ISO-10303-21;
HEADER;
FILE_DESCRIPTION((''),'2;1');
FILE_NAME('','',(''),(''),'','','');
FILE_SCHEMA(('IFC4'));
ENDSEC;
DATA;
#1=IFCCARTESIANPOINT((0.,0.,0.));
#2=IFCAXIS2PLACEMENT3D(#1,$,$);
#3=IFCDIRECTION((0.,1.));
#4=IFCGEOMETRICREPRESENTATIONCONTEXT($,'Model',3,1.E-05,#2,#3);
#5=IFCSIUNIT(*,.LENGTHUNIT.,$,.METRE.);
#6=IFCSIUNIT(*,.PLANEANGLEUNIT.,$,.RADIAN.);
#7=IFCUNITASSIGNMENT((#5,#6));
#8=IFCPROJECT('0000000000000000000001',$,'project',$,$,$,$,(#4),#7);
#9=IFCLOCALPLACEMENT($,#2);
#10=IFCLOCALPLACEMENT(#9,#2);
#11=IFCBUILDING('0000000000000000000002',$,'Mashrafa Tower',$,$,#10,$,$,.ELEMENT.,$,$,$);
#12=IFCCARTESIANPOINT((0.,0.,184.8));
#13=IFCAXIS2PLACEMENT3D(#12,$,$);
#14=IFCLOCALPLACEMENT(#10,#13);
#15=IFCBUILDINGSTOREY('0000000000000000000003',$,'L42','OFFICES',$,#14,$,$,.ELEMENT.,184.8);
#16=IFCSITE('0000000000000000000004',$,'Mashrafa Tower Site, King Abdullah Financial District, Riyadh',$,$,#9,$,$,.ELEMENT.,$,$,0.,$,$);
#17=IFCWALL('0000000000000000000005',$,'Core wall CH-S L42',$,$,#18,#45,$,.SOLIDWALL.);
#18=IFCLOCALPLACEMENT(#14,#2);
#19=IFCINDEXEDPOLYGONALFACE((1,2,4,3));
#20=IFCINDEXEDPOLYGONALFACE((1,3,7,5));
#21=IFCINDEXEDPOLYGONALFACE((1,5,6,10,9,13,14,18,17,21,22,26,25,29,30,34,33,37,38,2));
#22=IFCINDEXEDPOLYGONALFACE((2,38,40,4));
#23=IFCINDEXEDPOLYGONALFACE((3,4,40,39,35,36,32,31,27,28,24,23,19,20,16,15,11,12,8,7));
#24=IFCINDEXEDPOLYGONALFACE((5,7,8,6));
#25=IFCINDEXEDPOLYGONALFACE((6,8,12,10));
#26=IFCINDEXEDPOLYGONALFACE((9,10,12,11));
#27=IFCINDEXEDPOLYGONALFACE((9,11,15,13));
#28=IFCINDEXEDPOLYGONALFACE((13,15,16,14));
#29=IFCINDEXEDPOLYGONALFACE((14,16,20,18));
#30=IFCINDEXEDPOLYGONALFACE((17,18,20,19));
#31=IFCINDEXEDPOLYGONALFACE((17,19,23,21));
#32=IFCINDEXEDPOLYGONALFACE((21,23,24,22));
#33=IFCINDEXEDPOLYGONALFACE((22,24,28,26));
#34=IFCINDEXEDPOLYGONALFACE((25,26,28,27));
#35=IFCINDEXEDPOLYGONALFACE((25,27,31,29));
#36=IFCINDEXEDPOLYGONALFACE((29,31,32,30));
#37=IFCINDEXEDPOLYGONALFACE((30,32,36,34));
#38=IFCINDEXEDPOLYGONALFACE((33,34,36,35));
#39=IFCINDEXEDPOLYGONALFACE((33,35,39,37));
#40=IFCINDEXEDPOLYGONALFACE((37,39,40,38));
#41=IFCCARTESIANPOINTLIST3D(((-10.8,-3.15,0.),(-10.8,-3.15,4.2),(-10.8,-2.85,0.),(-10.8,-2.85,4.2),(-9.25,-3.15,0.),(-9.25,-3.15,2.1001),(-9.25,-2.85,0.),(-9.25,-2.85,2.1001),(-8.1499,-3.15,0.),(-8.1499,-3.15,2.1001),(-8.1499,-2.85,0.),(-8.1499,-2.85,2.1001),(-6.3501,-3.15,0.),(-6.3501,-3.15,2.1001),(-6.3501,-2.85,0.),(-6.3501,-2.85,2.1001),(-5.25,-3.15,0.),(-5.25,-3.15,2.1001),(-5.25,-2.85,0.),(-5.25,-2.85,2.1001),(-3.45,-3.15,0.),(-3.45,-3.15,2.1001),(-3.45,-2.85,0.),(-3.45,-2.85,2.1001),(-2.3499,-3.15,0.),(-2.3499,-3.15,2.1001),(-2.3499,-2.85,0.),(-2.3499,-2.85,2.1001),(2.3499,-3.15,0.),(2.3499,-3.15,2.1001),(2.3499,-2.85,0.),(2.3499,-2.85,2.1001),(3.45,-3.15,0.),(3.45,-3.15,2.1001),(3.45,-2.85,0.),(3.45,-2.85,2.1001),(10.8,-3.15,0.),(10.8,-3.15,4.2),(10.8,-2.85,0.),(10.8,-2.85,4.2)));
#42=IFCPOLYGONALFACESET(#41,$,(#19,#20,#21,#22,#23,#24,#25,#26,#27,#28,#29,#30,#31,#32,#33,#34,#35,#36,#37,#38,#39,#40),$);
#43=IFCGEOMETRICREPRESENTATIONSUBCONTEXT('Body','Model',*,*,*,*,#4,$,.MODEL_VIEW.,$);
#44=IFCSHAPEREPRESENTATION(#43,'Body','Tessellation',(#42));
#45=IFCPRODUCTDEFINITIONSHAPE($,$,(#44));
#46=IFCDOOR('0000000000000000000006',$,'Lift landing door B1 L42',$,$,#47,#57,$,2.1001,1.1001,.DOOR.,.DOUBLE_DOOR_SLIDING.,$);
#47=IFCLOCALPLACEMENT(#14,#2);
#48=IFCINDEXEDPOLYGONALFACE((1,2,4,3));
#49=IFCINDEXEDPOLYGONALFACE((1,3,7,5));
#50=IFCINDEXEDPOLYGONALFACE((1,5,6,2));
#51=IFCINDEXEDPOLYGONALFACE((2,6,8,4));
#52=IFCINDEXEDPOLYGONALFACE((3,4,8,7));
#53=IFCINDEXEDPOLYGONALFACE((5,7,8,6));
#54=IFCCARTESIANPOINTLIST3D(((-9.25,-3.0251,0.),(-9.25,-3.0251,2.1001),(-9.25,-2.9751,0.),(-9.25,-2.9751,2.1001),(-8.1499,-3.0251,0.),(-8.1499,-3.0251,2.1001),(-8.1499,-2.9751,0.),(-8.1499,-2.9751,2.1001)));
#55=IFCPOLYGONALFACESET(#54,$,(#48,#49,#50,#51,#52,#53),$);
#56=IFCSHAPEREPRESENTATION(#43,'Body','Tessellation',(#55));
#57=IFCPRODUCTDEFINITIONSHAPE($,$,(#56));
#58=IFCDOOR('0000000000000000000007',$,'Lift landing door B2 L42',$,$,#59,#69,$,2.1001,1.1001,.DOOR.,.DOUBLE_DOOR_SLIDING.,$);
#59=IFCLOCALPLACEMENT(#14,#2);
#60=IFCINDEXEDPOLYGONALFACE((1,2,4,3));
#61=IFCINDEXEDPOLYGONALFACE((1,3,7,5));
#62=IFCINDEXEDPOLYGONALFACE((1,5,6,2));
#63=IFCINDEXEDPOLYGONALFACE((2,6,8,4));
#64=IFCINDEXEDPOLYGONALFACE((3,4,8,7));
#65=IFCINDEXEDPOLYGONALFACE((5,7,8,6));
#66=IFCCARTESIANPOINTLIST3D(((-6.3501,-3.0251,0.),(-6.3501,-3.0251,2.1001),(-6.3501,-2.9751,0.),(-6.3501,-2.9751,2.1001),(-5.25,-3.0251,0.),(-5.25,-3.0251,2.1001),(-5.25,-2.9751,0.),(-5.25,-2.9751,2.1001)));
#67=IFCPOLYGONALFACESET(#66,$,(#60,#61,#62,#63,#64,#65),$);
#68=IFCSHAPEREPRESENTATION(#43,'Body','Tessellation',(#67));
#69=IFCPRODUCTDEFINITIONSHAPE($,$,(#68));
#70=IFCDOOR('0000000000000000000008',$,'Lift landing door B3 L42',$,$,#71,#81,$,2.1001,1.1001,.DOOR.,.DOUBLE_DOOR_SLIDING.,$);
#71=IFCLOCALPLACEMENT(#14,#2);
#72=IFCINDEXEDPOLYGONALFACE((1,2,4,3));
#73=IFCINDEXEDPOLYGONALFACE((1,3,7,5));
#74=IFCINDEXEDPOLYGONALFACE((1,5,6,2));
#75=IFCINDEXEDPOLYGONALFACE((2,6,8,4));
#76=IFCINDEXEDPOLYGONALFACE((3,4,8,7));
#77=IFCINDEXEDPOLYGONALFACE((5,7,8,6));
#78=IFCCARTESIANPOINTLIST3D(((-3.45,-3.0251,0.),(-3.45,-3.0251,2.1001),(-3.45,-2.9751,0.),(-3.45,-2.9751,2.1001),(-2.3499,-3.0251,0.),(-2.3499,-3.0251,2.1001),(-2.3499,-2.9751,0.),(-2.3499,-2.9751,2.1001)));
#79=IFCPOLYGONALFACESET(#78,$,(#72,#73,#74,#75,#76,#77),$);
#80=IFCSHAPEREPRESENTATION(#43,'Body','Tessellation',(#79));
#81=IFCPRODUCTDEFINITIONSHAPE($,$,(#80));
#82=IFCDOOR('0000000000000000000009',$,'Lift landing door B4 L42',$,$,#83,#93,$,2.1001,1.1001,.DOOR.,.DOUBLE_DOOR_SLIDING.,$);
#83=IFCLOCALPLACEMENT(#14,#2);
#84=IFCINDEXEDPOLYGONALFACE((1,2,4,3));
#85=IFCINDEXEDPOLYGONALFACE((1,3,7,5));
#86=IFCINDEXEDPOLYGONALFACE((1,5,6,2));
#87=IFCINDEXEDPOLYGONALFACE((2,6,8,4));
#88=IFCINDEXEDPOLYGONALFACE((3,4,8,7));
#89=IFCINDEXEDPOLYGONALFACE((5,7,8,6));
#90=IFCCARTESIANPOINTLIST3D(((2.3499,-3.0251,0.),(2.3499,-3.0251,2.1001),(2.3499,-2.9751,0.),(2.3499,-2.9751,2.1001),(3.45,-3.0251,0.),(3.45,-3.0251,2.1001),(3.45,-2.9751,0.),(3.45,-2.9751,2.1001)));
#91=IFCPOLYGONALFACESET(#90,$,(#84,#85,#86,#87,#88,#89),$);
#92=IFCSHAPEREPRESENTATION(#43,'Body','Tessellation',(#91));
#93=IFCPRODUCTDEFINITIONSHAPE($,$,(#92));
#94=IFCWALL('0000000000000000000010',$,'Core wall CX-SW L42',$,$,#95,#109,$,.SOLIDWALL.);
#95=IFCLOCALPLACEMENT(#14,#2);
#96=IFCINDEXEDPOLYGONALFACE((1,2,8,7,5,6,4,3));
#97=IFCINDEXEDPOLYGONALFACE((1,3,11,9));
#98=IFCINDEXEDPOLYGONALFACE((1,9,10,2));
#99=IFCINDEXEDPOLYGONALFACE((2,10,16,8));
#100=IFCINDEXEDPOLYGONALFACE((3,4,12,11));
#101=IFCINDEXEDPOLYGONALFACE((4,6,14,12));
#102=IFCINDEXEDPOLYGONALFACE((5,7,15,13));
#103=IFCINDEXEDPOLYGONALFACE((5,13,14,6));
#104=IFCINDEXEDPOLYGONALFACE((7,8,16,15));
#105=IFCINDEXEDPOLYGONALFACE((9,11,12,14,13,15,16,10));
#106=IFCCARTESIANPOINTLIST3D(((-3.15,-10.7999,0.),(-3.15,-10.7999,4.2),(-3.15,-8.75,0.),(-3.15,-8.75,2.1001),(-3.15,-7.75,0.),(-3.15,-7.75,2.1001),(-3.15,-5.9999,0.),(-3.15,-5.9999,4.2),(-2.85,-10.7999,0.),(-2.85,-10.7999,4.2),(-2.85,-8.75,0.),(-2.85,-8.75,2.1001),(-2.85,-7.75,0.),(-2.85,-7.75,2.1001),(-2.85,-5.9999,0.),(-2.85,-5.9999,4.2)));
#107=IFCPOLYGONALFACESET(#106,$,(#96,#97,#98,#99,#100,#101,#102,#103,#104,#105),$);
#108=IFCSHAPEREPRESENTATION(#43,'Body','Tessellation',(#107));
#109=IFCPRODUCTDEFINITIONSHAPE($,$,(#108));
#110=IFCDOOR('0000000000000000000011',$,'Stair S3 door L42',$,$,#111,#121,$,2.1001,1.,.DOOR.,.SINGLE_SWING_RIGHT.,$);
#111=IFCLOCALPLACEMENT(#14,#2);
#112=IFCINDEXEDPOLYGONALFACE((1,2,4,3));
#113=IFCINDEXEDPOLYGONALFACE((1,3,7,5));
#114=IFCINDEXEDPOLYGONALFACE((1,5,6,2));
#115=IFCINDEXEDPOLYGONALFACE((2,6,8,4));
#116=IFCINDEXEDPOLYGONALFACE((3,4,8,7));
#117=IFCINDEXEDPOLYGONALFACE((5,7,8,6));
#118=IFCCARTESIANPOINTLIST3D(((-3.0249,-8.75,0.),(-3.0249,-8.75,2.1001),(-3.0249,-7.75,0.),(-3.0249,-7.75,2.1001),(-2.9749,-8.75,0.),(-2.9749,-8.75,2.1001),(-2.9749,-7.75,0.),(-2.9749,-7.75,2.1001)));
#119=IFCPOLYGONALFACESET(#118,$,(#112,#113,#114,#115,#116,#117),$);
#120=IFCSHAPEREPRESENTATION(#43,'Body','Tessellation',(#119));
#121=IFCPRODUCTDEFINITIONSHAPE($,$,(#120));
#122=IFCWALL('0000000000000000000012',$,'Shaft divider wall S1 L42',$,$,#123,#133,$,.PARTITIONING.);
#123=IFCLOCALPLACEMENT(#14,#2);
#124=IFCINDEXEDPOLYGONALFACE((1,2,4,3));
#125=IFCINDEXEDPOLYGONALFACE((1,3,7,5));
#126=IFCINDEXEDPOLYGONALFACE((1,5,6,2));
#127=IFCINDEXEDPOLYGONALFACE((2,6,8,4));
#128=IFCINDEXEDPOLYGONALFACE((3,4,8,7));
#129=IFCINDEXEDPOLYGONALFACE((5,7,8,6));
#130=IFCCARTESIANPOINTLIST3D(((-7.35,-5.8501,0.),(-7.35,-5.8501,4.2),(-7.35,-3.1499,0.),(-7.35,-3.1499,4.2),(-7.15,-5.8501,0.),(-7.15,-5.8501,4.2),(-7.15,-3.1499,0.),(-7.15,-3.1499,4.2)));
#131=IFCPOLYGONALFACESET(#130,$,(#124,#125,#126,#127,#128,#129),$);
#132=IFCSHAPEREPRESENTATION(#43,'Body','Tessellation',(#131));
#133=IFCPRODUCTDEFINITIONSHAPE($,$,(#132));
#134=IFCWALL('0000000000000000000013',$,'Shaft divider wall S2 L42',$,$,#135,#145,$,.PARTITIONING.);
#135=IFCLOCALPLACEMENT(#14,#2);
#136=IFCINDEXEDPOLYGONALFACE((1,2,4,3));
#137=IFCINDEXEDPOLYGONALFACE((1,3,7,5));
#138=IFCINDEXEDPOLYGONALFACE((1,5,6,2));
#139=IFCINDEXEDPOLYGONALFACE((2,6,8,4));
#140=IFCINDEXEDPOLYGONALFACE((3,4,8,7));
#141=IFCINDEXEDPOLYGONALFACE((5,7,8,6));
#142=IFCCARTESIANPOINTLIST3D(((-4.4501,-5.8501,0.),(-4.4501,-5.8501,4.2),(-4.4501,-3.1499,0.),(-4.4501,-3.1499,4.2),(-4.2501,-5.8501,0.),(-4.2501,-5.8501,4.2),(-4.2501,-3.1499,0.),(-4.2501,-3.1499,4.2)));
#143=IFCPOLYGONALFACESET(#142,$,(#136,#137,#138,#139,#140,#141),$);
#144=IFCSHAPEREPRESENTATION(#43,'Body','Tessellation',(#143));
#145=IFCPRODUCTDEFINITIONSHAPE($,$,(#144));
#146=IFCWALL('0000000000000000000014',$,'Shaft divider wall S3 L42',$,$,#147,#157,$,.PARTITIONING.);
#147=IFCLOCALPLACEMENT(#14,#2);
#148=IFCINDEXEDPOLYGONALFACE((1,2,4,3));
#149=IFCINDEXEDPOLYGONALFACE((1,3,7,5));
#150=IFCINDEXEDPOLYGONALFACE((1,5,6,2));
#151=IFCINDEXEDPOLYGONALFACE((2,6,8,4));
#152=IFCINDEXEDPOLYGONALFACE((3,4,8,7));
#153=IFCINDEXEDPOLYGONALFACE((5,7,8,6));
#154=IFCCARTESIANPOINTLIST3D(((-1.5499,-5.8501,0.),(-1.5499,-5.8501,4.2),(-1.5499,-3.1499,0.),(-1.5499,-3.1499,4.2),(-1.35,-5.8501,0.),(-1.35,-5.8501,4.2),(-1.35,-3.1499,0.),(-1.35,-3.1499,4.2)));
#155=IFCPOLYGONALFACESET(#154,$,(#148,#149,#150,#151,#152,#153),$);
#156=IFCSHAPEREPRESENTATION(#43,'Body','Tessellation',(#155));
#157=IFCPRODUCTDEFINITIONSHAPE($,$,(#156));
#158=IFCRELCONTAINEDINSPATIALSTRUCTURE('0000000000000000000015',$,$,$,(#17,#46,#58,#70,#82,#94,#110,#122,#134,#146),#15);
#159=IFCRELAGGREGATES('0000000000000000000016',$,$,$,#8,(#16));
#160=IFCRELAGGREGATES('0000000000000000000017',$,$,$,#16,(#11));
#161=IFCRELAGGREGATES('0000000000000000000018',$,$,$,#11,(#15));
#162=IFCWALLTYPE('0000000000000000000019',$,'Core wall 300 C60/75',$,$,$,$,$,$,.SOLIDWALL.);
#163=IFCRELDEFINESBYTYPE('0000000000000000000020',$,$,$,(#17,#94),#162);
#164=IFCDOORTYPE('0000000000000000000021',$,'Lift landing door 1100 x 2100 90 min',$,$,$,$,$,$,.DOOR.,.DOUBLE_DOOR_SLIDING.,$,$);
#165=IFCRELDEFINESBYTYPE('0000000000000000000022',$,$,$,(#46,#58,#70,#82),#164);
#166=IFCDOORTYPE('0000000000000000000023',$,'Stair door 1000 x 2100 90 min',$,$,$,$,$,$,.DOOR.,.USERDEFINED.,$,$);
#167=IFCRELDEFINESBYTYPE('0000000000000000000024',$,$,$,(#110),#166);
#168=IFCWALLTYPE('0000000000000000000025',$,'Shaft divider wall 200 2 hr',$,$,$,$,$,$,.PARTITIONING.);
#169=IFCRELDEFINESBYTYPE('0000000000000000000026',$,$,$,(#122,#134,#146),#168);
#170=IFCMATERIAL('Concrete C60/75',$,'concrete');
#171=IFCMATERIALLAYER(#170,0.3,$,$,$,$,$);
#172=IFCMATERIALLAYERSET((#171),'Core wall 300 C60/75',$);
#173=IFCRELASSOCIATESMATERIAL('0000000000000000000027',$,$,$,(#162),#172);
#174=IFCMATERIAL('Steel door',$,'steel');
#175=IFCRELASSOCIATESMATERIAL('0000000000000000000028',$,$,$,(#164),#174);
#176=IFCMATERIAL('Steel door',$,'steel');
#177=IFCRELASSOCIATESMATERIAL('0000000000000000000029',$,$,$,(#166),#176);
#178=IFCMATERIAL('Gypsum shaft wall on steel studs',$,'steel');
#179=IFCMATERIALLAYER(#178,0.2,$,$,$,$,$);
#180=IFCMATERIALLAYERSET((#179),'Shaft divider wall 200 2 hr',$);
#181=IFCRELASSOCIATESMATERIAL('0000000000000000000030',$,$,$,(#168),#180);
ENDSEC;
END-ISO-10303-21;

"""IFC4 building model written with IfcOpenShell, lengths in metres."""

from ifc_helpers import new_model, si_unit, direction, frame, frame_2d, origin, place, context, subcontext, project, spatial, rectangle, extrude, material, layer, layer_set, type_object, element, fill, save


model = new_model("IFC4")

# Units and contexts
model_context = context("Model", 3, precision=1e-05, world=origin(), true_north=direction((0.0, 1.0)))
body_context = subcontext(model_context, "Body", "Model", "MODEL_VIEW")
ifc_project = project(units=[si_unit("LENGTHUNIT", "METRE"), si_unit("PLANEANGLEUNIT", "RADIAN")], contexts=[model_context])

# Site, building, storey
site_placement = place(None, origin())
site = spatial("IfcSite", under=ifc_project, at=site_placement, Name="Mashrafa Tower Site, King Abdullah Financial District, Riyadh", CompositionType="ELEMENT", RefElevation=0.0)
building_placement = place(site_placement, origin())
building = spatial("IfcBuilding", under=site, at=building_placement, Name="Mashrafa Tower", CompositionType="ELEMENT")
storey_placement = place(building_placement, frame((0.0, 0.0, 184.8)))
storey = spatial("IfcBuildingStorey", under=building, at=storey_placement, Name="L42", Description="OFFICES", CompositionType="ELEMENT", Elevation=184.8)

# Wall, openings, doors
ifc_material_1 = material(Name="Concrete C60/75", Category="concrete")
ifc_layer_1 = layer(ifc_material_1, 0.3)
ifc_layer_set_1 = layer_set([ifc_layer_1], Name="Core wall 300 C60/75")
wall_type_1 = type_object("IfcWallType", Name="Core wall 300 C60/75", PredefinedType="SOLIDWALL", material=ifc_layer_set_1)
wall_1_placement = place(storey_placement, frame((-10.8, -3.0, 0.0), z_axis=(0.0, 0.0, 1.0), x_axis=(1.0, 0.0, 0.0)))
wall_1 = element("IfcWall", 1, at=wall_1_placement, inside=storey, type_object=wall_type_1, Name="Core wall CH-S L42", PredefinedType="SOLIDWALL", context=body_context, shape_type="SweptSolid", body=[
    extrude(rectangle(XDim=21.6001, YDim=0.3, at=frame_2d((10.8, 0.0))), origin(), (0.0, 0.0, 1.0), 4.2),
])
opening_1_placement = place(wall_1_placement, frame((1.55, 0.0, 0.0)))
opening_1 = element("IfcOpeningElement", 2, at=opening_1_placement, cuts=wall_1, PredefinedType="OPENING", context=body_context, shape_type="SweptSolid", body=[
    extrude(rectangle(XDim=1.1001, YDim=2.1001, at=frame_2d((0.55, 1.05))), frame((0.0, 0.1599, 0.0), z_axis=(0.0, -1.0, 0.0), x_axis=(1.0, 0.0, 0.0)), (0.0, 0.0, 1.0), 0.3201),
])
opening_2_placement = place(wall_1_placement, frame((4.45, 0.0, 0.0)))
opening_2 = element("IfcOpeningElement", 3, at=opening_2_placement, cuts=wall_1, PredefinedType="OPENING", context=body_context, shape_type="SweptSolid", body=[
    extrude(rectangle(XDim=1.1001, YDim=2.1001, at=frame_2d((0.55, 1.05))), frame((0.0, 0.1599, 0.0), z_axis=(0.0, -1.0, 0.0), x_axis=(1.0, 0.0, 0.0)), (0.0, 0.0, 1.0), 0.3201),
])
opening_3_placement = place(wall_1_placement, frame((7.3501, 0.0, 0.0)))
opening_3 = element("IfcOpeningElement", 4, at=opening_3_placement, cuts=wall_1, PredefinedType="OPENING", context=body_context, shape_type="SweptSolid", body=[
    extrude(rectangle(XDim=1.1001, YDim=2.1001, at=frame_2d((0.55, 1.05))), frame((0.0, 0.1599, 0.0), z_axis=(0.0, -1.0, 0.0), x_axis=(1.0, 0.0, 0.0)), (0.0, 0.0, 1.0), 0.3201),
])
opening_4_placement = place(wall_1_placement, frame((13.1499, 0.0, 0.0)))
opening_4 = element("IfcOpeningElement", 5, at=opening_4_placement, cuts=wall_1, PredefinedType="OPENING", context=body_context, shape_type="SweptSolid", body=[
    extrude(rectangle(XDim=1.1001, YDim=2.1001, at=frame_2d((0.55, 1.05))), frame((0.0, 0.1599, 0.0), z_axis=(0.0, -1.0, 0.0), x_axis=(1.0, 0.0, 0.0)), (0.0, 0.0, 1.0), 0.3201),
])
ifc_material_2 = material(Name="Steel door", Category="steel")
door_type_1 = type_object("IfcDoorType", Name="Lift landing door 1100 x 2100 90 min", OperationType="DOUBLE_DOOR_SLIDING", PredefinedType="DOOR", material=ifc_material_2)
door_1_placement = place(opening_1_placement, origin())
door_1 = element("IfcDoor", 6, at=door_1_placement, inside=storey, type_object=door_type_1, Name="Lift landing door B1 L42", OperationType="DOUBLE_DOOR_SLIDING", OverallHeight=2.1001, OverallWidth=1.1001, PredefinedType="DOOR", context=body_context, shape_type="SweptSolid", body=[
    extrude(rectangle(XDim=1.1001, YDim=2.1001, at=frame_2d((0.55, 1.05))), frame((0.0, 0.0249, 0.0), z_axis=(0.0, -1.0, 0.0), x_axis=(1.0, 0.0, 0.0)), (0.0, 0.0, 1.0), 0.05),
])
fill(opening_1, door_1)
door_2_placement = place(opening_2_placement, origin())
door_2 = element("IfcDoor", 7, at=door_2_placement, inside=storey, type_object=door_type_1, Name="Lift landing door B2 L42", OperationType="DOUBLE_DOOR_SLIDING", OverallHeight=2.1001, OverallWidth=1.1001, PredefinedType="DOOR", context=body_context, shape_type="SweptSolid", body=[
    extrude(rectangle(XDim=1.1001, YDim=2.1001, at=frame_2d((0.55, 1.05))), frame((0.0, 0.0249, 0.0), z_axis=(0.0, -1.0, 0.0), x_axis=(1.0, 0.0, 0.0)), (0.0, 0.0, 1.0), 0.05),
])
fill(opening_2, door_2)
door_3_placement = place(opening_3_placement, origin())
door_3 = element("IfcDoor", 8, at=door_3_placement, inside=storey, type_object=door_type_1, Name="Lift landing door B3 L42", OperationType="DOUBLE_DOOR_SLIDING", OverallHeight=2.1001, OverallWidth=1.1001, PredefinedType="DOOR", context=body_context, shape_type="SweptSolid", body=[
    extrude(rectangle(XDim=1.1001, YDim=2.1001, at=frame_2d((0.55, 1.05))), frame((0.0, 0.0249, 0.0), z_axis=(0.0, -1.0, 0.0), x_axis=(1.0, 0.0, 0.0)), (0.0, 0.0, 1.0), 0.05),
])
fill(opening_3, door_3)
door_4_placement = place(opening_4_placement, origin())
door_4 = element("IfcDoor", 9, at=door_4_placement, inside=storey, type_object=door_type_1, Name="Lift landing door B4 L42", OperationType="DOUBLE_DOOR_SLIDING", OverallHeight=2.1001, OverallWidth=1.1001, PredefinedType="DOOR", context=body_context, shape_type="SweptSolid", body=[
    extrude(rectangle(XDim=1.1001, YDim=2.1001, at=frame_2d((0.55, 1.05))), frame((0.0, 0.0249, 0.0), z_axis=(0.0, -1.0, 0.0), x_axis=(1.0, 0.0, 0.0)), (0.0, 0.0, 1.0), 0.05),
])
fill(opening_4, door_4)

# Wall, opening, door
wall_2_placement = place(storey_placement, frame((-3.0, -6.0, 0.0), z_axis=(0.0, 0.0, 1.0), x_axis=(0.0, -1.0, 0.0)))
wall_2 = element("IfcWall", 10, at=wall_2_placement, inside=storey, type_object=wall_type_1, Name="Core wall CX-SW L42", PredefinedType="SOLIDWALL", context=body_context, shape_type="SweptSolid", body=[
    extrude(rectangle(XDim=4.8, YDim=0.3, at=frame_2d((2.3999, 0.0))), origin(), (0.0, 0.0, 1.0), 4.2),
])
opening_5_placement = place(wall_2_placement, frame((1.75, 0.0, 0.0)))
opening_5 = element("IfcOpeningElement", 11, at=opening_5_placement, cuts=wall_2, PredefinedType="OPENING", context=body_context, shape_type="SweptSolid", body=[
    extrude(rectangle(XDim=1.0, YDim=2.1001, at=frame_2d((0.5, 1.05))), frame((0.0, 0.1599, 0.0), z_axis=(0.0, -1.0, 0.0), x_axis=(1.0, 0.0, 0.0)), (0.0, 0.0, 1.0), 0.3201),
])
ifc_material_3 = material(Name="Steel door", Category="steel")
door_type_2 = type_object("IfcDoorType", Name="Stair door 1000 x 2100 90 min", OperationType="USERDEFINED", PredefinedType="DOOR", material=ifc_material_3)
door_5_placement = place(opening_5_placement, frame((1.0, 0.0, 0.0), z_axis=(0.0, 0.0, 1.0), x_axis=(-1.0, 0.0, 0.0)))
door_5 = element("IfcDoor", 12, at=door_5_placement, inside=storey, type_object=door_type_2, Name="Stair S3 door L42", OperationType="SINGLE_SWING_RIGHT", OverallHeight=2.1001, OverallWidth=1.0, PredefinedType="DOOR", context=body_context, shape_type="SweptSolid", body=[
    extrude(rectangle(XDim=1.0, YDim=2.1001, at=frame_2d((0.5, 1.05))), frame((0.0, 0.0249, 0.0), z_axis=(0.0, -1.0, 0.0), x_axis=(1.0, 0.0, 0.0)), (0.0, 0.0, 1.0), 0.05),
])
fill(opening_5, door_5)

# Walls
ifc_material_4 = material(Name="Gypsum shaft wall on steel studs", Category="steel")
ifc_layer_2 = layer(ifc_material_4, 0.2)
ifc_layer_set_2 = layer_set([ifc_layer_2], Name="Shaft divider wall 200 2 hr")
wall_type_2 = type_object("IfcWallType", Name="Shaft divider wall 200 2 hr", PredefinedType="PARTITIONING", material=ifc_layer_set_2)
for number, where, z_axis, x_axis, name in (
    (13, (-7.25, -5.8501, 0.0), (0.0, 0.0, 1.0), (0.0, 1.0, 0.0), "Shaft divider wall S1 L42"),
    (14, (-4.3501, -5.8501, 0.0), (0.0, 0.0, 1.0), (0.0, 1.0, 0.0), "Shaft divider wall S2 L42"),
    (15, (-1.45, -5.8501, 0.0), (0.0, 0.0, 1.0), (0.0, 1.0, 0.0), "Shaft divider wall S3 L42"),
):
    element("IfcWall", number, at=place(storey_placement, frame(where, z_axis=z_axis, x_axis=x_axis)), inside=storey, type_object=wall_type_2, Name=name, PredefinedType="PARTITIONING", context=body_context, shape_type="SweptSolid", body=[
        extrude(rectangle(XDim=2.7002, YDim=0.2, at=frame_2d((1.3501, 0.0))), origin(), (0.0, 0.0, 1.0), 4.2),
    ])

save(model, "model.ifc")
